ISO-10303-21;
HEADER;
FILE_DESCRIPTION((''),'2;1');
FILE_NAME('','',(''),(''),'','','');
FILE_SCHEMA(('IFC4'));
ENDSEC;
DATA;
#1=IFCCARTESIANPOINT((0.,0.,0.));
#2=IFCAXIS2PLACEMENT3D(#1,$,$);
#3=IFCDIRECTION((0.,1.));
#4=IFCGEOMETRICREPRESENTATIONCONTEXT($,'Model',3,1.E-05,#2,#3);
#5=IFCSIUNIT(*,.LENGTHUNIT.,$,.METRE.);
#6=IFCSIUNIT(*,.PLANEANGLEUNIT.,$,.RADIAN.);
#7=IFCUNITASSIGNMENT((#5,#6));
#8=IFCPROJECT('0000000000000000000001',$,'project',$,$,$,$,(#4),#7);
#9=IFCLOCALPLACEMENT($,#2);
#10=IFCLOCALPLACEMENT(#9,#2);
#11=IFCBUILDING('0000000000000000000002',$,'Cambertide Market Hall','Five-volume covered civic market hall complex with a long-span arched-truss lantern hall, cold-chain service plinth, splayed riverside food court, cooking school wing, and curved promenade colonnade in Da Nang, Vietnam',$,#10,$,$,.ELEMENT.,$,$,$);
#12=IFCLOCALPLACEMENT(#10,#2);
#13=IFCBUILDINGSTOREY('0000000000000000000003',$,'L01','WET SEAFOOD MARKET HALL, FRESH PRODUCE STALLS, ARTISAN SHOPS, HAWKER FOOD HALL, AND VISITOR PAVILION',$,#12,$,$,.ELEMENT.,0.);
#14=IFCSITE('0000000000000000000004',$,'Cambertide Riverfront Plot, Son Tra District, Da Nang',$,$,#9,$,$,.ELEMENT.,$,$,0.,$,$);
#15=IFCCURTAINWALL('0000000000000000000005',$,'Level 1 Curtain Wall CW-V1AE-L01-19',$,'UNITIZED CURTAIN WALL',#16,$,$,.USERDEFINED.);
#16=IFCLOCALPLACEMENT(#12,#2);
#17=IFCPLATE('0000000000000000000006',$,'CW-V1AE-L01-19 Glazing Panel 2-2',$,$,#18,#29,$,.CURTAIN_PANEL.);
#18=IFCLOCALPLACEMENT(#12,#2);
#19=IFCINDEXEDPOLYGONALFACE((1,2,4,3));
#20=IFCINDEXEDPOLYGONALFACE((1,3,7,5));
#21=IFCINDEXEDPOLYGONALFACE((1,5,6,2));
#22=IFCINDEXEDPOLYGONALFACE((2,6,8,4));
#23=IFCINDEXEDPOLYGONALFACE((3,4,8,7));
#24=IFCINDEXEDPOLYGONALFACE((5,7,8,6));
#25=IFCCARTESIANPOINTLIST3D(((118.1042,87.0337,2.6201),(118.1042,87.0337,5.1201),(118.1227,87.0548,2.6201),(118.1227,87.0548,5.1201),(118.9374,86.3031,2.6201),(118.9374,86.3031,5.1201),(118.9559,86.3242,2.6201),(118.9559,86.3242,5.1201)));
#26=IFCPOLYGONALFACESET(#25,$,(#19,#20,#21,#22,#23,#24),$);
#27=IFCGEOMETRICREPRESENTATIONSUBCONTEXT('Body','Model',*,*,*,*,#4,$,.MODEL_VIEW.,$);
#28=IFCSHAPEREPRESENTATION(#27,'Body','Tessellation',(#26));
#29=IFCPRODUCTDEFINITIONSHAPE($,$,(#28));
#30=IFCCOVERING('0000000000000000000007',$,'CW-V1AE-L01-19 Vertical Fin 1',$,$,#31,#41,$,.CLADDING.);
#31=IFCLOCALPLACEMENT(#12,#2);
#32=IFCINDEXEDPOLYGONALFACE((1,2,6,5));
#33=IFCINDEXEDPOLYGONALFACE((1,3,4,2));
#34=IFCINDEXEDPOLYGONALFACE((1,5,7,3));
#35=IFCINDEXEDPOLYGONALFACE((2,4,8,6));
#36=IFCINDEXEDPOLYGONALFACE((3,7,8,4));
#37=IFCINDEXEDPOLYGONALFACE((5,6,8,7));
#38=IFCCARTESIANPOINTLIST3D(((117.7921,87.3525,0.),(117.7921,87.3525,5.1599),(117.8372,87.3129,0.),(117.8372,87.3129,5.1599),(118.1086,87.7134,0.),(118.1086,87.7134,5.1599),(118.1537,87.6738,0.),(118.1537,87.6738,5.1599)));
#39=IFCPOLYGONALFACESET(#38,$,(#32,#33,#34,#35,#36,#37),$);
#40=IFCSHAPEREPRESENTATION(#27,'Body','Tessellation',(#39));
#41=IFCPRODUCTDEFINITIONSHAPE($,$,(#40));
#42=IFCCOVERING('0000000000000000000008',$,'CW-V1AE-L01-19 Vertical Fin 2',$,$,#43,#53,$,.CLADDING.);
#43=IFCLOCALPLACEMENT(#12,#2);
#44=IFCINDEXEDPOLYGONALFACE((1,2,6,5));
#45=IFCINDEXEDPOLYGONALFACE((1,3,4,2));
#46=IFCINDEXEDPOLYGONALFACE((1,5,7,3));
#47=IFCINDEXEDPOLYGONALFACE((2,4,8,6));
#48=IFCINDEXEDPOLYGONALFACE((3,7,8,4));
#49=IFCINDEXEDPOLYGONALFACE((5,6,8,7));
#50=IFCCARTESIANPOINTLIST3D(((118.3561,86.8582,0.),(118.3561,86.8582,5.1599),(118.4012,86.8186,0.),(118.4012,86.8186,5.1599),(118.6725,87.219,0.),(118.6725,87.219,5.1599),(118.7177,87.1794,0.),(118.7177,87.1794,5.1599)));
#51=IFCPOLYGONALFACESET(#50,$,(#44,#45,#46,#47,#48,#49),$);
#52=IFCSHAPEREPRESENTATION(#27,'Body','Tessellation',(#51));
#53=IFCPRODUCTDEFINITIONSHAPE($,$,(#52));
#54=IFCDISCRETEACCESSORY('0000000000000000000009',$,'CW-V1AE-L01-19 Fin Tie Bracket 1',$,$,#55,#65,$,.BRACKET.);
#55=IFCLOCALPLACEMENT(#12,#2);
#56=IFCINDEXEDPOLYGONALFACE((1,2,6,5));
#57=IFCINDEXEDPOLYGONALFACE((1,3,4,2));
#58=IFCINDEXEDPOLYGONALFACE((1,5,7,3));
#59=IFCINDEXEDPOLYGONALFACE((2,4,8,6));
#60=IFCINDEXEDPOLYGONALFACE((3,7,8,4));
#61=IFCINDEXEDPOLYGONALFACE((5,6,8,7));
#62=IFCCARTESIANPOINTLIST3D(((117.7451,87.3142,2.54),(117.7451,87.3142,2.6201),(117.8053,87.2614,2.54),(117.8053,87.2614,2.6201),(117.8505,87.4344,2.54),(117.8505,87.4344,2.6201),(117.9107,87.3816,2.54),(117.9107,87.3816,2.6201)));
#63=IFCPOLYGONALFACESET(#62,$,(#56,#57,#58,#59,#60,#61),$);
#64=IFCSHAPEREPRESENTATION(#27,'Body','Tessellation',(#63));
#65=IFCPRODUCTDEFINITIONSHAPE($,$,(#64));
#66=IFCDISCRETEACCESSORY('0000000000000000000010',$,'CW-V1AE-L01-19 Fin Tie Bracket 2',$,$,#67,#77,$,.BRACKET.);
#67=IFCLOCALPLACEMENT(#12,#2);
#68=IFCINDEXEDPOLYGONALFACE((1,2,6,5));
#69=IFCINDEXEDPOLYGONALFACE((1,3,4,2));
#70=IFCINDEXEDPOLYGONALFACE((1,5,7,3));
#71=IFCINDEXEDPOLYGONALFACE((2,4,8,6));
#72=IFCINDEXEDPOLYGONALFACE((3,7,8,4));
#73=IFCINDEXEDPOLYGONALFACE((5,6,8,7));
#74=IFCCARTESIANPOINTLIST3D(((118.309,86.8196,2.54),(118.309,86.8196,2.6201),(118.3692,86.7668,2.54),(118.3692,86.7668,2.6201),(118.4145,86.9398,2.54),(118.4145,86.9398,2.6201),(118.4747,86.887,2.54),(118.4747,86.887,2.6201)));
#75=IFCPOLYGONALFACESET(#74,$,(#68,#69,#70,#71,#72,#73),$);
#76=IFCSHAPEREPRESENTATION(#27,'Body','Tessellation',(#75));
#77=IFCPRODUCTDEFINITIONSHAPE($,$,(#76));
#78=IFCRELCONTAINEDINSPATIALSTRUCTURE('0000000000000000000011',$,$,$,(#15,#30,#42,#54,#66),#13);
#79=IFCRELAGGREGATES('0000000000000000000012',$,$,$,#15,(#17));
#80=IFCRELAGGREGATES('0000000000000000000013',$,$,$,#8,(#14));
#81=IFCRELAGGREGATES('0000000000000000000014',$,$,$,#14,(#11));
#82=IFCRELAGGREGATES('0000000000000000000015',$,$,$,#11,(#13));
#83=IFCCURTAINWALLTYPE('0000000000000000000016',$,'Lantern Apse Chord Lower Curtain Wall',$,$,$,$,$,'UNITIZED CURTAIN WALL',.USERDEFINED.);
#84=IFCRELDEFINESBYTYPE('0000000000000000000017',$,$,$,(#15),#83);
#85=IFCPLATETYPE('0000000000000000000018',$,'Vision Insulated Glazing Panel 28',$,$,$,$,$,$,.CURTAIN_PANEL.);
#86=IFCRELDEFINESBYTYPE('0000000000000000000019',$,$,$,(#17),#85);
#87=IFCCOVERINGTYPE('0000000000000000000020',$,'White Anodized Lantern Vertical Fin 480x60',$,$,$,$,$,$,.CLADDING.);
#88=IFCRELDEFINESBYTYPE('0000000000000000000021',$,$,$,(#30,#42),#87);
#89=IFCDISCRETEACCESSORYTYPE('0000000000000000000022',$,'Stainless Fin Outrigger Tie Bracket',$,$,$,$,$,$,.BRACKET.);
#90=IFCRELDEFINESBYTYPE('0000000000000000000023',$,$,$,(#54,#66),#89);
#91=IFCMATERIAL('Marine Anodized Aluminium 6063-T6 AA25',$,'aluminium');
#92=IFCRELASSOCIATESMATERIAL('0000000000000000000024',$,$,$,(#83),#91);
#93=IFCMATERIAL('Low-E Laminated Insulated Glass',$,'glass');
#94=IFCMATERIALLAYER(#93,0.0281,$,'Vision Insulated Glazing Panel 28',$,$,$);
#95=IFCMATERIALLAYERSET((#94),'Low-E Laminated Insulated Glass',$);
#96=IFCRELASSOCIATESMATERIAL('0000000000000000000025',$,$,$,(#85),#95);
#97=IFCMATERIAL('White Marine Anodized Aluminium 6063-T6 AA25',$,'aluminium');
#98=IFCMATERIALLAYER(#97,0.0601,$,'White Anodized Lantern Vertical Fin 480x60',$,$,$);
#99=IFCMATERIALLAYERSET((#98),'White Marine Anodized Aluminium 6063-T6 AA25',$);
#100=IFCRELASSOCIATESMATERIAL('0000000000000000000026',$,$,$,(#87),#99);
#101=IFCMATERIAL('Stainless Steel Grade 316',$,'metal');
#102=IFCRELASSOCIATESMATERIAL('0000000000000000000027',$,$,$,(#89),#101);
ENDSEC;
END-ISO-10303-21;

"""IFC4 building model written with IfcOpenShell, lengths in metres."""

from ifc_helpers import new_model, si_unit, direction, frame, origin, origin_2d, place, context, subcontext, project, spatial, rectangle, extrude, material, layer, layer_set, type_object, element, aggregate, save


model = new_model("IFC4")

# Units and contexts
model_context = context("Model", 3, precision=1e-05, world=origin(), true_north=direction((0.0, 1.0)))
body_context = subcontext(model_context, "Body", "Model", "MODEL_VIEW")
ifc_project = project(units=[si_unit("LENGTHUNIT", "METRE"), si_unit("PLANEANGLEUNIT", "RADIAN")], contexts=[model_context])

# Site, building, storey
site_placement = place(None, origin())
site = spatial("IfcSite", under=ifc_project, at=site_placement, Name="Cambertide Riverfront Plot, Son Tra District, Da Nang", CompositionType="ELEMENT", RefElevation=0.0)
building_placement = place(site_placement, origin())
building = spatial("IfcBuilding", under=site, at=building_placement, Name="Cambertide Market Hall", Description="Five-volume covered civic market hall complex with a long-span arched-truss lantern hall, cold-chain service plinth, splayed riverside food court, cooking school wing, and curved promenade colonnade in Da Nang, Vietnam", CompositionType="ELEMENT")
storey_placement = place(building_placement, origin())
storey = spatial("IfcBuildingStorey", under=building, at=storey_placement, Name="L01", Description="WET SEAFOOD MARKET HALL, FRESH PRODUCE STALLS, ARTISAN SHOPS, HAWKER FOOD HALL, AND VISITOR PAVILION", CompositionType="ELEMENT", Elevation=0.0)

# Curtain wall
ifc_material_1 = material(Name="Marine Anodized Aluminium 6063-T6 AA25", Category="aluminium")
curtain_wall_type = type_object("IfcCurtainWallType", Name="Lantern Apse Chord Lower Curtain Wall", ElementType="UNITIZED CURTAIN WALL", PredefinedType="USERDEFINED", material=ifc_material_1)
curtain_wall_placement = place(storey_placement, origin())
curtain_wall = element("IfcCurtainWall", 1, at=curtain_wall_placement, inside=storey, type_object=curtain_wall_type, Name="Level 1 Curtain Wall CW-V1AE-L01-19", ObjectType="UNITIZED CURTAIN WALL", PredefinedType="USERDEFINED")

# Plate
ifc_material_2 = material(Name="Low-E Laminated Insulated Glass", Category="glass")
ifc_layer_1 = layer(ifc_material_2, 0.0281, Name="Vision Insulated Glazing Panel 28")
ifc_layer_set_1 = layer_set([ifc_layer_1], Name="Low-E Laminated Insulated Glass")
plate_type = type_object("IfcPlateType", Name="Vision Insulated Glazing Panel 28", PredefinedType="CURTAIN_PANEL", material=ifc_layer_set_1)
plate_1_placement = place(storey_placement, frame((118.53, 86.679, 2.6201), z_axis=(0.0, 0.0, 1.0), x_axis=(0.75184, -0.659346, 0.0)))
plate_1 = element("IfcPlate", 2, at=plate_1_placement, type_object=plate_type, Name="CW-V1AE-L01-19 Glazing Panel 2-2", PredefinedType="CURTAIN_PANEL", context=body_context, shape_type="SweptSolid", body=[
    extrude(rectangle(XDim=1.1082, YDim=0.0281, at=origin_2d()), origin(), (0.0, 0.0, 1.0), 2.5),
])
aggregate(curtain_wall, [plate_1])

# Coverings
ifc_material_3 = material(Name="White Marine Anodized Aluminium 6063-T6 AA25", Category="aluminium")
ifc_layer_2 = layer(ifc_material_3, 0.0601, Name="White Anodized Lantern Vertical Fin 480x60")
ifc_layer_set_2 = layer_set([ifc_layer_2], Name="White Marine Anodized Aluminium 6063-T6 AA25")
covering_type = type_object("IfcCoveringType", Name="White Anodized Lantern Vertical Fin 480x60", PredefinedType="CLADDING", material=ifc_layer_set_2)
for number, where, z_axis, x_axis, name in (
    (3, (117.9729, 87.5132, 0.0), (0.0, 0.0, 1.0), (0.75184, -0.659346, 0.0), "CW-V1AE-L01-19 Vertical Fin 1"),
    (4, (118.5369, 87.0188, 0.0), (0.0, 0.0, 1.0), (0.75184, -0.659346, 0.0), "CW-V1AE-L01-19 Vertical Fin 2"),
):
    element("IfcCovering", number, at=place(storey_placement, frame(where, z_axis=z_axis, x_axis=x_axis)), inside=storey, type_object=covering_type, Name=name, PredefinedType="CLADDING", context=body_context, shape_type="SweptSolid", body=[
        extrude(rectangle(XDim=0.0601, YDim=0.48, at=origin_2d()), origin(), (0.0, 0.0, 1.0), 5.1599),
    ])

# Discrete accessories
ifc_material_4 = material(Name="Stainless Steel Grade 316", Category="metal")
discrete_accessory_type = type_object("IfcDiscreteAccessoryType", Name="Stainless Fin Outrigger Tie Bracket", PredefinedType="BRACKET", material=ifc_material_4)
for number, where, z_axis, x_axis, name in (
    (5, (117.8279, 87.3479, 2.54), (0.0, 0.0, 1.0), (0.75184, -0.659346, 0.0), "CW-V1AE-L01-19 Fin Tie Bracket 1"),
    (6, (118.3918, 86.8533, 2.54), (0.0, 0.0, 1.0), (0.75184, -0.659346, 0.0), "CW-V1AE-L01-19 Fin Tie Bracket 2"),
):
    element("IfcDiscreteAccessory", number, at=place(storey_placement, frame(where, z_axis=z_axis, x_axis=x_axis)), inside=storey, type_object=discrete_accessory_type, Name=name, PredefinedType="BRACKET", context=body_context, shape_type="SweptSolid", body=[
        extrude(rectangle(XDim=0.0801, YDim=0.1599, at=origin_2d()), origin(), (0.0, 0.0, 1.0), 0.0801),
    ])

save(model, "model.ifc")
